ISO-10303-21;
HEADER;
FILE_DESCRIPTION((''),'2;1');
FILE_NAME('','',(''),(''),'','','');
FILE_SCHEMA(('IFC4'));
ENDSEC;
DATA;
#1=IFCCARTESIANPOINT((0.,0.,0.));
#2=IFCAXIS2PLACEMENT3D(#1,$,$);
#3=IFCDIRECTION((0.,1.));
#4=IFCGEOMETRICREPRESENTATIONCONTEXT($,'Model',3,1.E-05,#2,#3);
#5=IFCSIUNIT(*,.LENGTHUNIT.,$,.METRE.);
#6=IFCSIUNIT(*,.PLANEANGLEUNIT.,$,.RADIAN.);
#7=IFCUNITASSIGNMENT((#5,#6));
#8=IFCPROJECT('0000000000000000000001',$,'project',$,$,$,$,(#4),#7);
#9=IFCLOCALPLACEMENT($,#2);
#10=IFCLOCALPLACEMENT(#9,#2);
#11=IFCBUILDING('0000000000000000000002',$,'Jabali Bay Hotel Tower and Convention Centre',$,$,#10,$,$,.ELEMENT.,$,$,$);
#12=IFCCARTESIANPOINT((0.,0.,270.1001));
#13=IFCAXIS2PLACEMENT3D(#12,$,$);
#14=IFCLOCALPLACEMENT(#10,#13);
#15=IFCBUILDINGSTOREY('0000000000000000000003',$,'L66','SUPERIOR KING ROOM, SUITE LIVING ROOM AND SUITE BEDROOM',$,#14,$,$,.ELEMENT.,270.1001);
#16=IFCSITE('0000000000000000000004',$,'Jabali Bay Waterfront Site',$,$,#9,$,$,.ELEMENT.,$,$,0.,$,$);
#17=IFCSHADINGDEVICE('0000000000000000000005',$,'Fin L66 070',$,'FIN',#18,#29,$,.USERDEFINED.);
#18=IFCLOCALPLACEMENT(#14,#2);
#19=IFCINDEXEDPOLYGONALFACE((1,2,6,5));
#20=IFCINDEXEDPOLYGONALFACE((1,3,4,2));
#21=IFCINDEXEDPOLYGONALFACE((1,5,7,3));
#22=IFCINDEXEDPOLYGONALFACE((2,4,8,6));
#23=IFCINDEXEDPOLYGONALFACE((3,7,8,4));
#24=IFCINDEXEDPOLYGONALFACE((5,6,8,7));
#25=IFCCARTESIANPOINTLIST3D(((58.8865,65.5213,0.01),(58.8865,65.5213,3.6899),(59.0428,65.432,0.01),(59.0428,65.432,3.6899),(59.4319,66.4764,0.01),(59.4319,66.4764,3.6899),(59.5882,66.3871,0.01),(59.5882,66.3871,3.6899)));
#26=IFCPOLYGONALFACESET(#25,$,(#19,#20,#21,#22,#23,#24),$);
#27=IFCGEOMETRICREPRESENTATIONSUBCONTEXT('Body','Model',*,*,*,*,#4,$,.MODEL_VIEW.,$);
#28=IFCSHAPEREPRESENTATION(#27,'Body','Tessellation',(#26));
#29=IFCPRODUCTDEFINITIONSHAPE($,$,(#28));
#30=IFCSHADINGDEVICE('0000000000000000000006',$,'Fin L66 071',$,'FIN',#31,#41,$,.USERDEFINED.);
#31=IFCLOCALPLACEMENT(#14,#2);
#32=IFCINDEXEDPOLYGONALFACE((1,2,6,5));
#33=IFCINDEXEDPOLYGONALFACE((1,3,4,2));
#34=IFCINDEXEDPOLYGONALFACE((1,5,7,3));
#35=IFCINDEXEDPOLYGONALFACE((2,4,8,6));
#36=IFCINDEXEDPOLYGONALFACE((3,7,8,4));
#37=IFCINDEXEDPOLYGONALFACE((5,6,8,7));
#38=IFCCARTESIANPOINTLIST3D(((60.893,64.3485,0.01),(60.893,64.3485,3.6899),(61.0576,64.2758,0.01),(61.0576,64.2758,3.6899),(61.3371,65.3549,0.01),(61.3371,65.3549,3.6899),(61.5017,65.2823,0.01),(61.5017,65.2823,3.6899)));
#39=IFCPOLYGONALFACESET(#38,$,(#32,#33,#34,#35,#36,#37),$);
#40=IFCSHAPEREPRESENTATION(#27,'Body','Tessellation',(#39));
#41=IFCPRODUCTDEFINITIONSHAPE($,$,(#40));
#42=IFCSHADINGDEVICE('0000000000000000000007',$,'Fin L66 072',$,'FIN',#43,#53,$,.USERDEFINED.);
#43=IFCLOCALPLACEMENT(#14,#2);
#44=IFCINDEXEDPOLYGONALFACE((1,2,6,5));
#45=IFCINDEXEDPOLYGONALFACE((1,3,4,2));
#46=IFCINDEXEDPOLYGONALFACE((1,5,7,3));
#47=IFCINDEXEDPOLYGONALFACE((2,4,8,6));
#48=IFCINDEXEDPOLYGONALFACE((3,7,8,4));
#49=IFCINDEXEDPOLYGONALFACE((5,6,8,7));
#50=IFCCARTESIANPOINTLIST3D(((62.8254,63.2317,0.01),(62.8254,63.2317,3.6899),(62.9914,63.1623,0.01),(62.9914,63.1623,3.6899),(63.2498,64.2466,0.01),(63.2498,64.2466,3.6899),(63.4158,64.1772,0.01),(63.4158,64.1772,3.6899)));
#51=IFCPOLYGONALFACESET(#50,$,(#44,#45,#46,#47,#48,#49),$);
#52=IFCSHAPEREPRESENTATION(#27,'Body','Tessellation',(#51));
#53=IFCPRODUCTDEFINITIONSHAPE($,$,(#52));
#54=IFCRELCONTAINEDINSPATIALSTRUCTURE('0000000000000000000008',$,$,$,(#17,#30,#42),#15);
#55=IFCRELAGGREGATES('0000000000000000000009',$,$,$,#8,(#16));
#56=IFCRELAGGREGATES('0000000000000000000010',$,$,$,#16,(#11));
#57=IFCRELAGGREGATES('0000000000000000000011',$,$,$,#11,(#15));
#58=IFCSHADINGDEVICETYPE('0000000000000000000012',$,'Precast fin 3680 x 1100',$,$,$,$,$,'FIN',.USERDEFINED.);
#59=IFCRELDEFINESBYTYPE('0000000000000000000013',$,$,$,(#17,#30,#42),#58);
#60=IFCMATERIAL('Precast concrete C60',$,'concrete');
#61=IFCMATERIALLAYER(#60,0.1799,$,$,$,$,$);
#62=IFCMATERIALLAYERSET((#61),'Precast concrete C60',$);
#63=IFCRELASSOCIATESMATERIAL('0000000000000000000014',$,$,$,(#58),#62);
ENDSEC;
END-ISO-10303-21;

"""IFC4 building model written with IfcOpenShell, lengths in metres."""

from ifc_helpers import new_model, si_unit, direction, frame, frame_2d, origin, place, context, subcontext, project, spatial, rectangle, extrude, material, layer, layer_set, type_object, element, save


model = new_model("IFC4")

# Units and contexts
model_context = context("Model", 3, precision=1e-05, world=origin(), true_north=direction((0.0, 1.0)))
body_context = subcontext(model_context, "Body", "Model", "MODEL_VIEW")
ifc_project = project(units=[si_unit("LENGTHUNIT", "METRE"), si_unit("PLANEANGLEUNIT", "RADIAN")], contexts=[model_context])

# Site, building, storey
site_placement = place(None, origin())
site = spatial("IfcSite", under=ifc_project, at=site_placement, Name="Jabali Bay Waterfront Site", CompositionType="ELEMENT", RefElevation=0.0)
building_placement = place(site_placement, origin())
building = spatial("IfcBuilding", under=site, at=building_placement, Name="Jabali Bay Hotel Tower and Convention Centre", CompositionType="ELEMENT")
storey_placement = place(building_placement, frame((0.0, 0.0, 270.1001)))
storey = spatial("IfcBuildingStorey", under=building, at=storey_placement, Name="L66", Description="SUPERIOR KING ROOM, SUITE LIVING ROOM AND SUITE BEDROOM", CompositionType="ELEMENT", Elevation=270.1001)

# Shading devices
ifc_material_1 = material(Name="Precast concrete C60", Category="concrete")
ifc_layer_1 = layer(ifc_material_1, 0.1799)
ifc_layer_set_1 = layer_set([ifc_layer_1], Name="Precast concrete C60")
shading_device_type = type_object("IfcShadingDeviceType", Name="Precast fin 3680 x 1100", ElementType="FIN", PredefinedType="USERDEFINED", material=ifc_layer_set_1)
shading_device_1_placement = place(storey_placement, frame((59.51, 66.4316, 0.01), z_axis=(0.0, 0.0, 1.0), x_axis=(-0.4959, -0.86838, 0.0)))
element("IfcShadingDevice", 1, at=shading_device_1_placement, inside=storey, type_object=shading_device_type, Name="Fin L66 070", ObjectType="FIN", PredefinedType="USERDEFINED", context=body_context, shape_type="SweptSolid", body=[
    extrude(rectangle(XDim=1.0999, YDim=0.1799, at=frame_2d((0.5498, 0.0))), origin(), (0.0, 0.0, 1.0), 3.6799),
])
for number, where, z_axis, x_axis, name in (
    (2, (61.4194, 65.3186, 0.01), (0.0, 0.0, 1.0), (-0.403728, -0.914879, 0.0), "Fin L66 071"),
    (3, (63.3328, 64.2119, 0.01), (0.0, 0.0, 1.0), (-0.385734, -0.92261, 0.0), "Fin L66 072"),
):
    element("IfcShadingDevice", number, at=place(storey_placement, frame(where, z_axis=z_axis, x_axis=x_axis)), inside=storey, type_object=shading_device_type, Name=name, ObjectType="FIN", PredefinedType="USERDEFINED", context=body_context, shape_type="SweptSolid", body=[
        extrude(rectangle(XDim=1.1001, YDim=0.1799, at=frame_2d((0.55, 0.0))), origin(), (0.0, 0.0, 1.0), 3.6799),
    ])

save(model, "model.ifc")
